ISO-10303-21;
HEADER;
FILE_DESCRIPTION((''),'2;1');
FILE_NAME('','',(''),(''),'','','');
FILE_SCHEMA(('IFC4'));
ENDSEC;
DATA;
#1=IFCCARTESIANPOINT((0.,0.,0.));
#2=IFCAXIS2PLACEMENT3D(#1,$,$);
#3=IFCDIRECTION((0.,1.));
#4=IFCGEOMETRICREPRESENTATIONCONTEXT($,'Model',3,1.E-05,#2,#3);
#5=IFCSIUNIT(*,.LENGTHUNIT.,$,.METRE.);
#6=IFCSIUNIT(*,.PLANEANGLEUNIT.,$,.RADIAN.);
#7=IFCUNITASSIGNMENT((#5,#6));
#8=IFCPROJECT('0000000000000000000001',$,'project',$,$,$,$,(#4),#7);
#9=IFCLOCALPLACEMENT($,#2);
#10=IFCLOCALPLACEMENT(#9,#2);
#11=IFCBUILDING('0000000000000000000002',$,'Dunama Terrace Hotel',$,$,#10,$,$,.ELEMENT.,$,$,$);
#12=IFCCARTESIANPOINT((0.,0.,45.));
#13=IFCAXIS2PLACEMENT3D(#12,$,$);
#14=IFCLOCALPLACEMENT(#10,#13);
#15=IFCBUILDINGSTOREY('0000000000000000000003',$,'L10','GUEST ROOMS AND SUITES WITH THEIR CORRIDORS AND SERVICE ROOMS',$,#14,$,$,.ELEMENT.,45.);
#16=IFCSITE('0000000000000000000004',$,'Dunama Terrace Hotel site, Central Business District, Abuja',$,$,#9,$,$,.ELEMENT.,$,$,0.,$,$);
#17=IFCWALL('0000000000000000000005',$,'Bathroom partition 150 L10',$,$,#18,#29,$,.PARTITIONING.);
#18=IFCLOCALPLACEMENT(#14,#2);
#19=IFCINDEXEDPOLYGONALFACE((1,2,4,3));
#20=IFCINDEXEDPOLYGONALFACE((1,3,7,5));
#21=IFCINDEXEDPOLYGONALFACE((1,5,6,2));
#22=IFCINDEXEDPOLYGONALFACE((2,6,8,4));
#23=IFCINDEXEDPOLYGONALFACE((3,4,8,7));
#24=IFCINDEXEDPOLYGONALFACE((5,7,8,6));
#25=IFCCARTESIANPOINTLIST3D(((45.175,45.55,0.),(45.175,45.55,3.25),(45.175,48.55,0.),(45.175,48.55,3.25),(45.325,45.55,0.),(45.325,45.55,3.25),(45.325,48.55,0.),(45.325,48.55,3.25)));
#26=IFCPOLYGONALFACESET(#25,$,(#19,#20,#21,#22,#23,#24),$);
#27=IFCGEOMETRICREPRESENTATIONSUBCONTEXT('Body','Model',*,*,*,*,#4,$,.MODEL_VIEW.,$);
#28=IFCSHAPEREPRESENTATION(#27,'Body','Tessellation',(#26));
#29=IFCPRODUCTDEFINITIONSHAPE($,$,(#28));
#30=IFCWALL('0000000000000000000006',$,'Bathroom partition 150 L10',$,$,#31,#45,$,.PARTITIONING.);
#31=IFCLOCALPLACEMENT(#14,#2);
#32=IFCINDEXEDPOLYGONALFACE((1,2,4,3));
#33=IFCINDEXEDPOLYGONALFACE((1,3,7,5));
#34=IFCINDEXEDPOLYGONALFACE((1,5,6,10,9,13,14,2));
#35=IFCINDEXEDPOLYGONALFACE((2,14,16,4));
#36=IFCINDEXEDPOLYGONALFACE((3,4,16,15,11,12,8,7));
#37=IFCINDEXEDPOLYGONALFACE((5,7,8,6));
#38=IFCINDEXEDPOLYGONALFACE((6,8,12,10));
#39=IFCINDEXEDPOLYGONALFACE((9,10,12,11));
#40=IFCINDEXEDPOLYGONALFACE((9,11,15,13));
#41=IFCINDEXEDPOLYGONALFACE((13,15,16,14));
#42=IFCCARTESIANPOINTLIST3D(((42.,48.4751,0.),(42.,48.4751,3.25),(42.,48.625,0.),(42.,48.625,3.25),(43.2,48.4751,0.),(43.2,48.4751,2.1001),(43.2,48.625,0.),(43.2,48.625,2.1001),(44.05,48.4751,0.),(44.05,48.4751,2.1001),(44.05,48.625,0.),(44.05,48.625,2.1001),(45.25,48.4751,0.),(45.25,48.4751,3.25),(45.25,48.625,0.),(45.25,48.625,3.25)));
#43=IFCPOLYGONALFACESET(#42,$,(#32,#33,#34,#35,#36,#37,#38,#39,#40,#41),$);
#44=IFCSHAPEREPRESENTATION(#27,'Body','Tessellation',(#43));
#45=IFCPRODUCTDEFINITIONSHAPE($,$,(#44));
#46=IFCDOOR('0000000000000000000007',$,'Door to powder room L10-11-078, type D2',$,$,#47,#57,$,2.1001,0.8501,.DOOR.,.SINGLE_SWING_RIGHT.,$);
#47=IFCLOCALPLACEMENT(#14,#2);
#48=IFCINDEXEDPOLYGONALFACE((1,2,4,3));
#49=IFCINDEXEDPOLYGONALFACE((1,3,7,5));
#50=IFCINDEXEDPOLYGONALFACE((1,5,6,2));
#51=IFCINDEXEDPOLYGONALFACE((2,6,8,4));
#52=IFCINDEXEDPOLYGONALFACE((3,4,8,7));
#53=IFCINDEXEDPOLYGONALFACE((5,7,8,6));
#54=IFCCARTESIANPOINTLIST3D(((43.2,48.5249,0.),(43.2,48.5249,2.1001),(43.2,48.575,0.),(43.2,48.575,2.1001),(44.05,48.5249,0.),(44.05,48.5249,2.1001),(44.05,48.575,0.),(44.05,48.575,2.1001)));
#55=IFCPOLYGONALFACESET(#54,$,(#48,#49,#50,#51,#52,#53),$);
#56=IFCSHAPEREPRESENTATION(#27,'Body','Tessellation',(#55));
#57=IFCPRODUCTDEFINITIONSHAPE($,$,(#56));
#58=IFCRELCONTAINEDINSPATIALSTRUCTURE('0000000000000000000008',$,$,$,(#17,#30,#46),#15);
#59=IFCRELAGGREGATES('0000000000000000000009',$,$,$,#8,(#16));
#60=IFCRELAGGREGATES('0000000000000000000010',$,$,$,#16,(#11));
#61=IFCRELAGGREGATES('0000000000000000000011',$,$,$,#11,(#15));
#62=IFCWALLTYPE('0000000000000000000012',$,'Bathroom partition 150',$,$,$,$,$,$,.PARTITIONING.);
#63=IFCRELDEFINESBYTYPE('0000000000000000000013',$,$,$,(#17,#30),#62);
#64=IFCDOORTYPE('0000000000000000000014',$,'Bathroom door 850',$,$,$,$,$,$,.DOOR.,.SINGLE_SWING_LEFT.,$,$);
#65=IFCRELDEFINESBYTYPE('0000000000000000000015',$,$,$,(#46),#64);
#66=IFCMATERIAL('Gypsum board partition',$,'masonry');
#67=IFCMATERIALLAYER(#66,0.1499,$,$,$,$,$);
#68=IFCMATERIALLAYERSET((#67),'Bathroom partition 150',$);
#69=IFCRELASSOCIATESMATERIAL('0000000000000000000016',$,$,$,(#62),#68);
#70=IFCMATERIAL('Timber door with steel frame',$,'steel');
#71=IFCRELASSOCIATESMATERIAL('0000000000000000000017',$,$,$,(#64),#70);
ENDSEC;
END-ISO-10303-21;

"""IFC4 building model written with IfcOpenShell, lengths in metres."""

from ifc_helpers import new_model, si_unit, direction, frame, frame_2d, origin, place, context, subcontext, project, spatial, rectangle, extrude, material, layer, layer_set, type_object, element, fill, save


model = new_model("IFC4")

# Units and contexts
model_context = context("Model", 3, precision=1e-05, world=origin(), true_north=direction((0.0, 1.0)))
body_context = subcontext(model_context, "Body", "Model", "MODEL_VIEW")
ifc_project = project(units=[si_unit("LENGTHUNIT", "METRE"), si_unit("PLANEANGLEUNIT", "RADIAN")], contexts=[model_context])

# Site, building, storey
site_placement = place(None, origin())
site = spatial("IfcSite", under=ifc_project, at=site_placement, Name="Dunama Terrace Hotel site, Central Business District, Abuja", CompositionType="ELEMENT", RefElevation=0.0)
building_placement = place(site_placement, origin())
building = spatial("IfcBuilding", under=site, at=building_placement, Name="Dunama Terrace Hotel", CompositionType="ELEMENT")
storey_placement = place(building_placement, frame((0.0, 0.0, 45.0)))
storey = spatial("IfcBuildingStorey", under=building, at=storey_placement, Name="L10", Description="GUEST ROOMS AND SUITES WITH THEIR CORRIDORS AND SERVICE ROOMS", CompositionType="ELEMENT", Elevation=45.0)

# Wall
ifc_material_1 = material(Name="Gypsum board partition", Category="masonry")
ifc_layer_1 = layer(ifc_material_1, 0.1499)
ifc_layer_set_1 = layer_set([ifc_layer_1], Name="Bathroom partition 150")
wall_type_1 = type_object("IfcWallType", Name="Bathroom partition 150", PredefinedType="PARTITIONING", material=ifc_layer_set_1)
wall_1_placement = place(storey_placement, frame((45.25, 45.55, 0.0), z_axis=(0.0, 0.0, 1.0), x_axis=(0.0, 1.0, 0.0)))
element("IfcWall", 1, at=wall_1_placement, inside=storey, type_object=wall_type_1, Name="Bathroom partition 150 L10", PredefinedType="PARTITIONING", context=body_context, shape_type="SweptSolid", body=[
    extrude(rectangle(XDim=3.0, YDim=0.1499, at=frame_2d((1.5, 0.0))), origin(), (0.0, 0.0, 1.0), 3.25),
])

# Wall, opening, door
wall_2_placement = place(storey_placement, frame((42.0, 48.55, 0.0), z_axis=(0.0, 0.0, 1.0), x_axis=(1.0, 0.0, 0.0)))
wall_2 = element("IfcWall", 2, at=wall_2_placement, inside=storey, type_object=wall_type_1, Name="Bathroom partition 150 L10", PredefinedType="PARTITIONING", context=body_context, shape_type="SweptSolid", body=[
    extrude(rectangle(XDim=3.25, YDim=0.1499, at=frame_2d((1.625, 0.0))), origin(), (0.0, 0.0, 1.0), 3.25),
])
opening_1_placement = place(wall_2_placement, frame((1.2, 0.0, 0.0)))
opening_1 = element("IfcOpeningElement", 3, at=opening_1_placement, cuts=wall_2, PredefinedType="OPENING", context=body_context, shape_type="SweptSolid", body=[
    extrude(rectangle(XDim=0.8501, YDim=2.1001, at=frame_2d((0.425, 1.05))), frame((0.0, 0.085, 0.0), z_axis=(0.0, -1.0, 0.0), x_axis=(1.0, 0.0, 0.0)), (0.0, 0.0, 1.0), 0.1699),
])
ifc_material_2 = material(Name="Timber door with steel frame", Category="steel")
door_type_1 = type_object("IfcDoorType", Name="Bathroom door 850", OperationType="SINGLE_SWING_LEFT", PredefinedType="DOOR", material=ifc_material_2)
door_1_placement = place(opening_1_placement, frame((0.8501, 0.0, 0.0), z_axis=(0.0, 0.0, 1.0), x_axis=(-1.0, 0.0, 0.0)))
door_1 = element("IfcDoor", 4, at=door_1_placement, inside=storey, type_object=door_type_1, Name="Door to powder room L10-11-078, type D2", OperationType="SINGLE_SWING_RIGHT", OverallHeight=2.1001, OverallWidth=0.8501, PredefinedType="DOOR", context=body_context, shape_type="SweptSolid", body=[
    extrude(rectangle(XDim=0.8501, YDim=2.1001, at=frame_2d((0.425, 1.05))), frame((0.0, 0.0251, 0.0), z_axis=(0.0, -1.0, 0.0), x_axis=(1.0, 0.0, 0.0)), (0.0, 0.0, 1.0), 0.05),
])
fill(opening_1, door_1)

save(model, "model.ifc")
